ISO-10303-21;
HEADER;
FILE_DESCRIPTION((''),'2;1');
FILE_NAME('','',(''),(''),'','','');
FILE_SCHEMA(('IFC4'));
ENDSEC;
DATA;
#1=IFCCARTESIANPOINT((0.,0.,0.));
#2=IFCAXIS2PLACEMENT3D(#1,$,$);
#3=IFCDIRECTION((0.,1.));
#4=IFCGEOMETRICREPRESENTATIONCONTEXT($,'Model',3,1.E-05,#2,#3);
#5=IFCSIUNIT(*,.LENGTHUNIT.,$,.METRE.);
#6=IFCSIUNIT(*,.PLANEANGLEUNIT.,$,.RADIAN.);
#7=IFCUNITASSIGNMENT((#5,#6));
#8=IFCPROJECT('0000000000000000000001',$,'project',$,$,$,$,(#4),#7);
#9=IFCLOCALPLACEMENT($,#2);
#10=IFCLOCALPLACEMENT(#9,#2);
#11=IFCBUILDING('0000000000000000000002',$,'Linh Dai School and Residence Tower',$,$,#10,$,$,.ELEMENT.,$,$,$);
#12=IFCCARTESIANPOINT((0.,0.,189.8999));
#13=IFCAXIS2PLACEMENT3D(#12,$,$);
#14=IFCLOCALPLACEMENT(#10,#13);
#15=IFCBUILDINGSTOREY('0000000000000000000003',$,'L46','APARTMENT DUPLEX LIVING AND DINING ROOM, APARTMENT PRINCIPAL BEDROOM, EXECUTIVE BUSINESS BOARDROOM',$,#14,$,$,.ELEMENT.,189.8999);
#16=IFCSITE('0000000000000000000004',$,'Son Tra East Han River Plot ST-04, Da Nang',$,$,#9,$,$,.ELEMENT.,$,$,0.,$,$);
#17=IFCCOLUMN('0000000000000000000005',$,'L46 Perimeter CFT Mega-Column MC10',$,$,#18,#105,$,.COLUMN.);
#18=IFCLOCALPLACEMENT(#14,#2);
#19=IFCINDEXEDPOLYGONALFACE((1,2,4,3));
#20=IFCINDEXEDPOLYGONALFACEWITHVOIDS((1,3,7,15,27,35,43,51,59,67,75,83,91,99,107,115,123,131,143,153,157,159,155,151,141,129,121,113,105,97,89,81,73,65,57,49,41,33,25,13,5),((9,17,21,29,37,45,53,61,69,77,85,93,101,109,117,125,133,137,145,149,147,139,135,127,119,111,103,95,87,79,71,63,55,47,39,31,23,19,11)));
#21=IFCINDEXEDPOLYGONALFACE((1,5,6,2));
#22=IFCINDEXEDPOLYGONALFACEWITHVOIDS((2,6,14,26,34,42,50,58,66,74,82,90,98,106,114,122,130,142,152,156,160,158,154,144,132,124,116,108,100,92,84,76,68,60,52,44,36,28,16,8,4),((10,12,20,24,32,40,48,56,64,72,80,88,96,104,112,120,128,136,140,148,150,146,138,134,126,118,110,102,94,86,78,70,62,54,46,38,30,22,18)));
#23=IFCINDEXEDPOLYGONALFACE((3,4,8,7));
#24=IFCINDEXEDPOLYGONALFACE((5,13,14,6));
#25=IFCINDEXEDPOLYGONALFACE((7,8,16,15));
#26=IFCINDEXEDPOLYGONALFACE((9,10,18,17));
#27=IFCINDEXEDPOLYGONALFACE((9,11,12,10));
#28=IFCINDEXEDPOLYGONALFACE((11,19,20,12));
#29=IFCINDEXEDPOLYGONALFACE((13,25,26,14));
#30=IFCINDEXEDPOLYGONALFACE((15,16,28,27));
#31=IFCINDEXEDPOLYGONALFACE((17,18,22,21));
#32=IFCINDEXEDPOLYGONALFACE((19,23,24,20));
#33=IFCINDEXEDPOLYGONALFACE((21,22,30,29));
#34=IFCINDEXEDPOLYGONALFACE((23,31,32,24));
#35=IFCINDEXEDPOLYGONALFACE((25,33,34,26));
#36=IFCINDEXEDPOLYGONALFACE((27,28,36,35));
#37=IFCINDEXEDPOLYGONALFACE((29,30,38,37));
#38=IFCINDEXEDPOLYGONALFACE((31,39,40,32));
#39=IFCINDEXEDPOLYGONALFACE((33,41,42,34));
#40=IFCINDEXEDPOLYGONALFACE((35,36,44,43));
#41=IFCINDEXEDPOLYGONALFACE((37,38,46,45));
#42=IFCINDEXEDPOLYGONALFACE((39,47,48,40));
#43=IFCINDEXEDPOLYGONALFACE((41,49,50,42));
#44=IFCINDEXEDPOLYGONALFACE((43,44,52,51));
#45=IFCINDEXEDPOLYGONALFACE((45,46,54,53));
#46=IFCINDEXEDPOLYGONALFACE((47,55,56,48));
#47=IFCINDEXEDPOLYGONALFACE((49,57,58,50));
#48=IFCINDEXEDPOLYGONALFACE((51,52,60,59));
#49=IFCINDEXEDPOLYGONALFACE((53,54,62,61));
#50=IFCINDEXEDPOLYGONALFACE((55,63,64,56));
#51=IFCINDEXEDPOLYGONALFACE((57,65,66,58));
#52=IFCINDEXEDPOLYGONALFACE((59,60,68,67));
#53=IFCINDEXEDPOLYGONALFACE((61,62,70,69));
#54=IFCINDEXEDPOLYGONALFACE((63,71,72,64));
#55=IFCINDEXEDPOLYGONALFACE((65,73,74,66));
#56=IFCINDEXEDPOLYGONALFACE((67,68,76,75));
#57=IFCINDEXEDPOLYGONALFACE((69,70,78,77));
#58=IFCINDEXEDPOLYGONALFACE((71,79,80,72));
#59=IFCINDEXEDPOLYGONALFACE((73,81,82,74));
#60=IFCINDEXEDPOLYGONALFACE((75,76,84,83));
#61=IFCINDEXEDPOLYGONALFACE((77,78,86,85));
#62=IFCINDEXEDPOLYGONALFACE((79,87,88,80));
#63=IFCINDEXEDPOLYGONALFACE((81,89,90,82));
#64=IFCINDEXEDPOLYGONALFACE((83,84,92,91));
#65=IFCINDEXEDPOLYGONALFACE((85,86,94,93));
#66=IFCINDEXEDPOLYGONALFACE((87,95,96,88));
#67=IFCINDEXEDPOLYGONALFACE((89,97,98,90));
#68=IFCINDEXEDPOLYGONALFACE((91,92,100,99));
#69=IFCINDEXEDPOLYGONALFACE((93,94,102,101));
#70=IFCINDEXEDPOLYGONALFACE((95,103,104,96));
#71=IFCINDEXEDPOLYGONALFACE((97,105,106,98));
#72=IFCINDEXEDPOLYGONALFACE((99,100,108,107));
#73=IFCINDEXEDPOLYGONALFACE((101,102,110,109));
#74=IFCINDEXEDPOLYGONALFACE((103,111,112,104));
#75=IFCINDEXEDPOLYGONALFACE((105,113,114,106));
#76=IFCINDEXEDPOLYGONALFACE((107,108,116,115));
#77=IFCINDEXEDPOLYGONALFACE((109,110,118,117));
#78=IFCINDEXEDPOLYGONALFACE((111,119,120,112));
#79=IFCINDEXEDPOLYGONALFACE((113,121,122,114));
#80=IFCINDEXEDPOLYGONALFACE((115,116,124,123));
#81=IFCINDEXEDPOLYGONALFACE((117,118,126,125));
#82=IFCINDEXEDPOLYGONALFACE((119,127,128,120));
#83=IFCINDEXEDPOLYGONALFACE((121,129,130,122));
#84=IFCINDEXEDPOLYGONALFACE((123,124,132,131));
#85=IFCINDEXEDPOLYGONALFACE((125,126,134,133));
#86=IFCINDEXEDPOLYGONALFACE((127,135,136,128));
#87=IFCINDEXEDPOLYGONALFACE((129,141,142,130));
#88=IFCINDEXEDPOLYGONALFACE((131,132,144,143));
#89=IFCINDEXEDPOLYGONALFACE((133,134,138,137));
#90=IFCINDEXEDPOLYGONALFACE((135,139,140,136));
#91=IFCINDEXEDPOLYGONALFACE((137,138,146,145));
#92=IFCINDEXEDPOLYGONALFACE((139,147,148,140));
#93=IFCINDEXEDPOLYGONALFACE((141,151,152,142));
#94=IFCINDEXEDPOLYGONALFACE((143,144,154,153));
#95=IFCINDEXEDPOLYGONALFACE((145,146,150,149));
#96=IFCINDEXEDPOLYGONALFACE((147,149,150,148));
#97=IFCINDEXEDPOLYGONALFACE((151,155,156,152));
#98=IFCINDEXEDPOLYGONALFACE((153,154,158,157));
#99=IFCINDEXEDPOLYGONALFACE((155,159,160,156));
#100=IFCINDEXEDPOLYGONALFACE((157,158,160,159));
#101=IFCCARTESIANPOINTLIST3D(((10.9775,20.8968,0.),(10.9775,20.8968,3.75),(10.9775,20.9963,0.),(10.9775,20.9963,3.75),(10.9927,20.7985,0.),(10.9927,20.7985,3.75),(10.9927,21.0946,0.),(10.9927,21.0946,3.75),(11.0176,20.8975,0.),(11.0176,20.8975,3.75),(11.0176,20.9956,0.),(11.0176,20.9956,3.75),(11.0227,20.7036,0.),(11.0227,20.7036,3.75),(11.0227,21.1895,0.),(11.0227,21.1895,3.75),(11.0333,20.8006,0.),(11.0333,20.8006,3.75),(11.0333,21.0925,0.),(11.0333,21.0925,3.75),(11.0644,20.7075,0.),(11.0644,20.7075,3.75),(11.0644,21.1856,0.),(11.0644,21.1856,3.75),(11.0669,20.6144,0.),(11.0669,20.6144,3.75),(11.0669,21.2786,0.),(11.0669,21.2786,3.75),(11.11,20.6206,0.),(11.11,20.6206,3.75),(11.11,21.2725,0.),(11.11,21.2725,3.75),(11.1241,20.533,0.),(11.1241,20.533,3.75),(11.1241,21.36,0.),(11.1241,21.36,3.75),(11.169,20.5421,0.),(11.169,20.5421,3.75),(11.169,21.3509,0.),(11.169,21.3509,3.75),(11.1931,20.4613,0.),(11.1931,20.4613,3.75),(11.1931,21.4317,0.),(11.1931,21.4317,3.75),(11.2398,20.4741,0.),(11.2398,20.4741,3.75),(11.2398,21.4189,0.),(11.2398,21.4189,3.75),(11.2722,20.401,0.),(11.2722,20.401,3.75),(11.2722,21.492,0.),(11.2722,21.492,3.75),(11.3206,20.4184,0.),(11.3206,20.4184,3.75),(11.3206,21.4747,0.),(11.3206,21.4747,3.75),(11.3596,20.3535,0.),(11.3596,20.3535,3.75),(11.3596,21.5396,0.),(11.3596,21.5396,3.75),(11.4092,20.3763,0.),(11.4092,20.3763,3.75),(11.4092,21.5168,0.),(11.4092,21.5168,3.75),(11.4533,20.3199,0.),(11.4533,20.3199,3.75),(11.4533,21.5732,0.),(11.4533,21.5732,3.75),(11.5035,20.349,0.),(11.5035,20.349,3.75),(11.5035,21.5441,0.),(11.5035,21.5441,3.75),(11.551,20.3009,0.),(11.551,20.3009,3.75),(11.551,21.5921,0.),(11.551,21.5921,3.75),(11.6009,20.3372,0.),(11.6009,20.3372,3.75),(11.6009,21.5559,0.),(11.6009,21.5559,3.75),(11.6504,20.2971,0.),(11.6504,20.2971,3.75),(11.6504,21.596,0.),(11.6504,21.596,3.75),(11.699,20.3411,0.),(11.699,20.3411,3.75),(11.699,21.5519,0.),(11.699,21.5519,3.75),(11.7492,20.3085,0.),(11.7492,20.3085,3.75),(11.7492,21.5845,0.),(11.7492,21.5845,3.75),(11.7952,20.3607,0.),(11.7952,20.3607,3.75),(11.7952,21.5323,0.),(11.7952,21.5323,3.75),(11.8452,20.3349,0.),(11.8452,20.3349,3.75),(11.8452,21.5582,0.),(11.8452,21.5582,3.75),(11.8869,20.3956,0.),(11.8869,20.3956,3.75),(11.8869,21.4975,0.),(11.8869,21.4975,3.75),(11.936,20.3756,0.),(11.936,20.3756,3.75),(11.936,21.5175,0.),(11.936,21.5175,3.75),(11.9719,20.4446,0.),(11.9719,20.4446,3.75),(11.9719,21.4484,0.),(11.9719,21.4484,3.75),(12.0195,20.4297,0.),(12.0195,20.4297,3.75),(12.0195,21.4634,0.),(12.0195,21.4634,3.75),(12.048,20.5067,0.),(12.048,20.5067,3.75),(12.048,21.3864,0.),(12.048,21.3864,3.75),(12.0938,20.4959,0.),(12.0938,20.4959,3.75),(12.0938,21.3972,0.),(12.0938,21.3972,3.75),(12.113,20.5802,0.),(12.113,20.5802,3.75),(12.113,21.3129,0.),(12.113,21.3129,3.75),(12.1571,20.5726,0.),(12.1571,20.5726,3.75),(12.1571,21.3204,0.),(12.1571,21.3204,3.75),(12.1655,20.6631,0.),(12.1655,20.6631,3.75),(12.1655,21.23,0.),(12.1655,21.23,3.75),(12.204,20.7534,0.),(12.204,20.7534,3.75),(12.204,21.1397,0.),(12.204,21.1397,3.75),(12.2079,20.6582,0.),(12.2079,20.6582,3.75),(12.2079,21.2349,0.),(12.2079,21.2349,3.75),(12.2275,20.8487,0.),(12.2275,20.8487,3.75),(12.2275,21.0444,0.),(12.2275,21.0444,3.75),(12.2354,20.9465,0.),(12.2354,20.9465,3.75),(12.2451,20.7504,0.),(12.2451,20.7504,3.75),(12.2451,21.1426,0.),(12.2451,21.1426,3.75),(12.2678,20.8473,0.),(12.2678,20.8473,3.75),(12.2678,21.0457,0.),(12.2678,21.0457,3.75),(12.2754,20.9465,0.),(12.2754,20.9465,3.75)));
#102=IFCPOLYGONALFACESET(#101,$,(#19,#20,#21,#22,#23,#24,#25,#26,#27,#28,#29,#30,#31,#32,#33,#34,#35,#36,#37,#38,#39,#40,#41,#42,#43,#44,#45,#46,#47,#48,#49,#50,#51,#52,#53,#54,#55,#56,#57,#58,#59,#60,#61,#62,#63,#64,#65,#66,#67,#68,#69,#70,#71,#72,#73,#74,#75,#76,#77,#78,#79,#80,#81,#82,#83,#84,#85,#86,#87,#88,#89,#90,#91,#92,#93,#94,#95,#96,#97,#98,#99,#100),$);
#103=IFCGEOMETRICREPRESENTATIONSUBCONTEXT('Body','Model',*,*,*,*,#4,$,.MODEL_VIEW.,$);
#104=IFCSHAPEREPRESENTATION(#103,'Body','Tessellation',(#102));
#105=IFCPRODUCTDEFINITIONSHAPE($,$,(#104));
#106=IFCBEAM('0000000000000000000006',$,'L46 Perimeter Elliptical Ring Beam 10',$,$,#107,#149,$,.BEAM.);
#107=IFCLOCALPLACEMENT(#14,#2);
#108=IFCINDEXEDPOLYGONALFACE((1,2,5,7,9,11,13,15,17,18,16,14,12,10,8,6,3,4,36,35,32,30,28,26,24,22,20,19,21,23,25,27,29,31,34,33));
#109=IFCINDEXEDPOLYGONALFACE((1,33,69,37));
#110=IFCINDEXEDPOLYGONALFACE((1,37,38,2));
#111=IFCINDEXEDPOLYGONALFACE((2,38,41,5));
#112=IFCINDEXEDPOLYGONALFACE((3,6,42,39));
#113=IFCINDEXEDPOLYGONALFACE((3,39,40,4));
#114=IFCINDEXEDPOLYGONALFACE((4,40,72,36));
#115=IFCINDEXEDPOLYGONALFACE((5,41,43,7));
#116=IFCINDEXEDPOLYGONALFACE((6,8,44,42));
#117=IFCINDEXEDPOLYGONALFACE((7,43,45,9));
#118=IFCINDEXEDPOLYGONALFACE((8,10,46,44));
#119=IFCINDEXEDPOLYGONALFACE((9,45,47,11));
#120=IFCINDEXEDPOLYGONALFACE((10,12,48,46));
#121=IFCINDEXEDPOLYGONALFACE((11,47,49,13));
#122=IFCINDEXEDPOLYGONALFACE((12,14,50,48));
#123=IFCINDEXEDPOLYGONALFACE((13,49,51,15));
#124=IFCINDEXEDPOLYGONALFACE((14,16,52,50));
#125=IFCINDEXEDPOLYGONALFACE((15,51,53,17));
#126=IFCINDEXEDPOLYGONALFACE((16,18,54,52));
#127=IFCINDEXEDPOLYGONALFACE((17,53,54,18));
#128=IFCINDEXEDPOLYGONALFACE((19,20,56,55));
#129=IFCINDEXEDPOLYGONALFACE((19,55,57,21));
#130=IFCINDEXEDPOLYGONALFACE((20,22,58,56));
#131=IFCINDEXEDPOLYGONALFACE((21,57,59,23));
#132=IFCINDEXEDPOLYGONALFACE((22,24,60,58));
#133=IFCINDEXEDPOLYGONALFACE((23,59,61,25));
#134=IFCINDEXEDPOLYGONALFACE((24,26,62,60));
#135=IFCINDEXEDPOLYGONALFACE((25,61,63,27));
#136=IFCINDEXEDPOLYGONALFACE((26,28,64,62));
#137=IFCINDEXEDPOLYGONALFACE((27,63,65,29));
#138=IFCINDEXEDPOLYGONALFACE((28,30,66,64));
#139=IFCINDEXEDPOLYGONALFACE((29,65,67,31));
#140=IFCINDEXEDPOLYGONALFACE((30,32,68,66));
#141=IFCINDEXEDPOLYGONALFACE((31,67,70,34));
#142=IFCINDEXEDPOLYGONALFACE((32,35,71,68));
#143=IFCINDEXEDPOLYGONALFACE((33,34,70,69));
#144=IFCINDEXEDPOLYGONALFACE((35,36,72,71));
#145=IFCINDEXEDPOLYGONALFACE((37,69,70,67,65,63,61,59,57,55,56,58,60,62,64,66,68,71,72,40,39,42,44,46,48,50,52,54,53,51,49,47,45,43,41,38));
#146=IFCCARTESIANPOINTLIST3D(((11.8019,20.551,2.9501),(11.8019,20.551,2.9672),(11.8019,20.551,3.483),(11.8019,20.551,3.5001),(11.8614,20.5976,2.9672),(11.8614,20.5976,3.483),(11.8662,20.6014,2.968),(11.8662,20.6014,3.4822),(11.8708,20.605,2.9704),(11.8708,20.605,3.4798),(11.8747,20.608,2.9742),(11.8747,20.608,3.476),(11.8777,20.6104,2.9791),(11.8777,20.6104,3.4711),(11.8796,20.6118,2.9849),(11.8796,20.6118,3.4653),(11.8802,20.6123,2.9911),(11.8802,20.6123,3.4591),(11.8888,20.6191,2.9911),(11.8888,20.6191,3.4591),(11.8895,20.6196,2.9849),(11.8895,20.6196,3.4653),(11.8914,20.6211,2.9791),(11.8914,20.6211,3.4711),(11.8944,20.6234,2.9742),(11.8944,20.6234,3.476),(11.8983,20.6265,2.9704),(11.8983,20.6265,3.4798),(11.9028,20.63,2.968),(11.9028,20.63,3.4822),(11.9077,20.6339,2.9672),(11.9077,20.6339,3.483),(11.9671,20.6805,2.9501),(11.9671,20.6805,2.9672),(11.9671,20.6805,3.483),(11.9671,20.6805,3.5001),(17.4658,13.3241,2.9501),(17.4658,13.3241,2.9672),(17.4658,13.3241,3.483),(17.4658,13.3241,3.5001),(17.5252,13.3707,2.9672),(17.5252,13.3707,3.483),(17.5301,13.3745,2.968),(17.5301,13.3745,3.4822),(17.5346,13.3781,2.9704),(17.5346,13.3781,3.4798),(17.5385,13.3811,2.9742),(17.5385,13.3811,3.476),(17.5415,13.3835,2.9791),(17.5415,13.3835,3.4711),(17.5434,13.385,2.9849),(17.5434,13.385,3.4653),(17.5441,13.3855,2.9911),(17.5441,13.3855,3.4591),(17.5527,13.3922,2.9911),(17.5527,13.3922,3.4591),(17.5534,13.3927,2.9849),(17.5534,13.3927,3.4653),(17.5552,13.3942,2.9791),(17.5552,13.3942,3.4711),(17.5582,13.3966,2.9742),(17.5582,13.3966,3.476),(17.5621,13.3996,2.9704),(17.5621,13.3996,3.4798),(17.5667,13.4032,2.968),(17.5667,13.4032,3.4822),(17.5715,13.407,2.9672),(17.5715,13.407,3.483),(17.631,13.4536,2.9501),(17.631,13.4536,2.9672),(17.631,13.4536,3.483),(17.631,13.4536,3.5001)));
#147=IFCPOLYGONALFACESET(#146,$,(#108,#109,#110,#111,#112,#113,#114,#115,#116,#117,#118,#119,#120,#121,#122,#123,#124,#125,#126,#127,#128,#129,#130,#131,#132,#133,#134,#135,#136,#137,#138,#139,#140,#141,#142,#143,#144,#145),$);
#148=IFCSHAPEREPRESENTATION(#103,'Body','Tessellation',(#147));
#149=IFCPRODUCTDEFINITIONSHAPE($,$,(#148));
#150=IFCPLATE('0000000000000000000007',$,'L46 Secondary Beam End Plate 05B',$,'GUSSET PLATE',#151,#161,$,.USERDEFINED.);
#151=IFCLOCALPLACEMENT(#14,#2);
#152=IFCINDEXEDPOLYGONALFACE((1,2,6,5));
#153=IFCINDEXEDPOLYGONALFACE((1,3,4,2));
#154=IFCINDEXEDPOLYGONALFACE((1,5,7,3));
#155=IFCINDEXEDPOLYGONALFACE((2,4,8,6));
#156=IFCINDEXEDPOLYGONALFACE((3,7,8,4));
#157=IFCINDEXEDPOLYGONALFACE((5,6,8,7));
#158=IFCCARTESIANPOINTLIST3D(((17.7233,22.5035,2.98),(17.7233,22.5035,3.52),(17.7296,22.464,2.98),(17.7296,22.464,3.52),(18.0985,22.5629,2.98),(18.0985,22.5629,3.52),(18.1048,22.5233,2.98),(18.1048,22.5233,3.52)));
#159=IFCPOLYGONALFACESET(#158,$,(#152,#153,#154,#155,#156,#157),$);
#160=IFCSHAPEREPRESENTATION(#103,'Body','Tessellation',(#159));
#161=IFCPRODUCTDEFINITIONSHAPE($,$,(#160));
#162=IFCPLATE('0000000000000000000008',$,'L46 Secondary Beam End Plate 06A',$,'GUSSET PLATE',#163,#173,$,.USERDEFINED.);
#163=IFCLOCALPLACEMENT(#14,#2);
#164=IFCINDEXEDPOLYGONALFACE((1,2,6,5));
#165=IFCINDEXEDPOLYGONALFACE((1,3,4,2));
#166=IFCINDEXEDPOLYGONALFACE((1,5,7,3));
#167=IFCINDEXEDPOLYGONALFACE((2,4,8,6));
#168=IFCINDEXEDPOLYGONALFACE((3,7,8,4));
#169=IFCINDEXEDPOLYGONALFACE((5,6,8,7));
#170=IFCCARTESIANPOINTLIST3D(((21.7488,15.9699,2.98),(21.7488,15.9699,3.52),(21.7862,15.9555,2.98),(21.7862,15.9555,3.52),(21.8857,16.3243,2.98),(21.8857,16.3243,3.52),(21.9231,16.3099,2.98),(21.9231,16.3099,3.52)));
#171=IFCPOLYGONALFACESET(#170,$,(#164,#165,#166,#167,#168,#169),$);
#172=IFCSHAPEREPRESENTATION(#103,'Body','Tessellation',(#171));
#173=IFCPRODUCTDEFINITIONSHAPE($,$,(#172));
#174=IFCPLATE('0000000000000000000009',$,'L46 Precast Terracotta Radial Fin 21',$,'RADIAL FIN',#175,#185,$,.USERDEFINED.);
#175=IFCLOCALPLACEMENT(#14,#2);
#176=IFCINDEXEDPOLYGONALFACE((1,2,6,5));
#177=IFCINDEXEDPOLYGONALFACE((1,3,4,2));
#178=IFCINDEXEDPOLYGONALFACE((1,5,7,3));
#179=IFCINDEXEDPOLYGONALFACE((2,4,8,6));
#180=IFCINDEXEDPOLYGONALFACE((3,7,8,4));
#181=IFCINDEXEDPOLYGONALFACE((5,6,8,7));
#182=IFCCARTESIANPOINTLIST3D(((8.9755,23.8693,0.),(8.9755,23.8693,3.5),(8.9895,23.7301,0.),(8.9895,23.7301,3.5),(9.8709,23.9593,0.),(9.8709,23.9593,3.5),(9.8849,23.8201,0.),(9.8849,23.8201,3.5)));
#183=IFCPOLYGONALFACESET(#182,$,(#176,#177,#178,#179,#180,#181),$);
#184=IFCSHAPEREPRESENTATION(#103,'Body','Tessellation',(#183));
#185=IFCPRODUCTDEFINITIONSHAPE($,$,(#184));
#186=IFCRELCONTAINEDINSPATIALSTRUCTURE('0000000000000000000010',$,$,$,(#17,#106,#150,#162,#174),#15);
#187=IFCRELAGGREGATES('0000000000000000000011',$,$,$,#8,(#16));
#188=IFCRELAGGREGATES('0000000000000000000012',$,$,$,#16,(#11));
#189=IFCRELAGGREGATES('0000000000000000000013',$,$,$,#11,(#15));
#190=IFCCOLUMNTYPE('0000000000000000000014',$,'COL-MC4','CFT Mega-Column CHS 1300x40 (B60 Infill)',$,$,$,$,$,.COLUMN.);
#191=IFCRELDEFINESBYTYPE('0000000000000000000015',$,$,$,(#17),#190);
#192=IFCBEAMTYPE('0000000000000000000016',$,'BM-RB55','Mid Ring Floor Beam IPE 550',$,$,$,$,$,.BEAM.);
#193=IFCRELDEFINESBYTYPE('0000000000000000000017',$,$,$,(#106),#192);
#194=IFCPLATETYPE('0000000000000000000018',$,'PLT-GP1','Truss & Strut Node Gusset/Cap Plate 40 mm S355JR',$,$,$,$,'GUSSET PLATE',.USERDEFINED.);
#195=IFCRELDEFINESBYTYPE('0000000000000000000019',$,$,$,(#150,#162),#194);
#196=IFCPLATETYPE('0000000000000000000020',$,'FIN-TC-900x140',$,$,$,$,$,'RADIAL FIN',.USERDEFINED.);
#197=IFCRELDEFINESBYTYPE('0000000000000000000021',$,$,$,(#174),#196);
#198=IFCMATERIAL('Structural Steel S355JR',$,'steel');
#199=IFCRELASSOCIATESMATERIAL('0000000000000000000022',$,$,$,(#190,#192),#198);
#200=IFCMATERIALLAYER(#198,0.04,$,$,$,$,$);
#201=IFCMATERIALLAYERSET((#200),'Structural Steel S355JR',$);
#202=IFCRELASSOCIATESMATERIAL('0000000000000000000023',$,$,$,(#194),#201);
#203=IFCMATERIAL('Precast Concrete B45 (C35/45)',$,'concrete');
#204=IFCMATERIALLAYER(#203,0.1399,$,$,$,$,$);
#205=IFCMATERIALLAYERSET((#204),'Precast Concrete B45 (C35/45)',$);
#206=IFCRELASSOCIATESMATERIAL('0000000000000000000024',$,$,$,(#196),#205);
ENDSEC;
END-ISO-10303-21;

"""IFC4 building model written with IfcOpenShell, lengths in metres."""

from ifc_helpers import new_model, si_unit, direction, frame, origin, origin_2d, place, context, subcontext, project, spatial, rectangle, hollow_circle, i_section, extrude, source, transform, mapped, material, layer, layer_set, material_profile, profile_set, type_object, element, save


model = new_model("IFC4")

# Units and contexts
model_context = context("Model", 3, precision=1e-05, world=origin(), true_north=direction((0.0, 1.0)))
body_context = subcontext(model_context, "Body", "Model", "MODEL_VIEW")
ifc_project = project(units=[si_unit("LENGTHUNIT", "METRE"), si_unit("PLANEANGLEUNIT", "RADIAN")], contexts=[model_context])

# Site, building, storey
site_placement = place(None, origin())
site = spatial("IfcSite", under=ifc_project, at=site_placement, Name="Son Tra East Han River Plot ST-04, Da Nang", CompositionType="ELEMENT", RefElevation=0.0)
building_placement = place(site_placement, origin())
building = spatial("IfcBuilding", under=site, at=building_placement, Name="Linh Dai School and Residence Tower", CompositionType="ELEMENT")
storey_placement = place(building_placement, frame((0.0, 0.0, 189.8999)))
storey = spatial("IfcBuildingStorey", under=building, at=storey_placement, Name="L46", Description="APARTMENT DUPLEX LIVING AND DINING ROOM, APARTMENT PRINCIPAL BEDROOM, EXECUTIVE BUSINESS BOARDROOM", CompositionType="ELEMENT", Elevation=189.8999)

# Column
ifc_material_1 = material(Name="Structural Steel S355JR", Category="steel")
ifc_material_profile_1 = material_profile(ifc_material_1, hollow_circle(Radius=0.6499, WallThickness=0.04, at=origin_2d()), Name="CHS 1300x40")
ifc_profile_set_1 = profile_set([ifc_material_profile_1], Name="Structural Steel S355JR")
column_type = type_object("IfcColumnType", Name="COL-MC4", Description="CFT Mega-Column CHS 1300x40 (B60 Infill)", PredefinedType="COLUMN", material=ifc_profile_set_1)
column_placement = place(storey_placement, frame((11.6255, 20.9465, 0.0), z_axis=(0.0, 0.0, 1.0), x_axis=(1.0, 0.0, 0.0)))
element("IfcColumn", 1, at=column_placement, inside=storey, type_object=column_type, Name="L46 Perimeter CFT Mega-Column MC10", PredefinedType="COLUMN", context=body_context, shape_type="SweptSolid", body=[
    extrude(hollow_circle(Radius=0.6499, WallThickness=0.04, at=origin_2d()), origin(), (0.0, 0.0, 1.0), 3.75),
])

# Beam
ifc_material_profile_2 = material_profile(ifc_material_1, i_section(OverallWidth=0.21, OverallDepth=0.55, WebThickness=0.011, FlangeThickness=0.0171, FilletRadius=0.0239, at=origin_2d()), Name="IPE 550")
ifc_profile_set_2 = profile_set([ifc_material_profile_2], Name="Structural Steel S355JR")
beam_type = type_object("IfcBeamType", Name="BM-RB55", Description="Mid Ring Floor Beam IPE 550", PredefinedType="BEAM", material=ifc_profile_set_2)
beam_placement = place(storey_placement, frame((11.8845, 20.6157, 3.2251), z_axis=(0.616852, -0.787079, 0.0), x_axis=(0.787079, 0.616852, 0.0)))
element("IfcBeam", 2, at=beam_placement, inside=storey, type_object=beam_type, Name="L46 Perimeter Elliptical Ring Beam 10", PredefinedType="BEAM", context=body_context, shape_type="SweptSolid", body=[
    extrude(i_section(OverallWidth=0.21, OverallDepth=0.55, WebThickness=0.011, FlangeThickness=0.0171, FilletRadius=0.0239, at=origin_2d()), origin(), (0.0, 0.0, 1.0), 9.1819),
])

# Plates
ifc_layer_1 = layer(ifc_material_1, 0.04)
ifc_layer_set_1 = layer_set([ifc_layer_1], Name="Structural Steel S355JR")
plate_type_1 = type_object("IfcPlateType", Name="PLT-GP1", Description="Truss & Strut Node Gusset/Cap Plate 40 mm S355JR", ElementType="GUSSET PLATE", PredefinedType="USERDEFINED", material=ifc_layer_set_1)
shared_shape_1 = source(origin(), body_context, "Body", "SweptSolid", [
    extrude(rectangle(XDim=0.04, YDim=0.3799, at=origin_2d()), origin(), (0.0, 0.0, 1.0), 0.54),
])
for number, where, z_axis, x_axis, name in (
    (3, (17.9141, 22.5134, 2.98), (0.0, 0.0, 1.0), (0.156309, -0.987708, 0.0), "L46 Secondary Beam End Plate 05B"),
    (4, (21.8359, 16.1399, 2.98), (0.0, 0.0, 1.0), (0.932823, -0.360335, 0.0), "L46 Secondary Beam End Plate 06A"),
):
    element("IfcPlate", number, at=place(storey_placement, frame(where, z_axis=z_axis, x_axis=x_axis)), inside=storey, type_object=plate_type_1, Name=name, ObjectType="GUSSET PLATE", PredefinedType="USERDEFINED", context=body_context, shape_type="MappedRepresentation", body=[
        mapped(shared_shape_1, transform((0.0, 0.0, 0.0), x_axis=(1.0, 0.0, 0.0), y_axis=(0.0, 1.0, 0.0), z_axis=(0.0, 0.0, 1.0), scale=1.0)),
    ])
ifc_material_2 = material(Name="Precast Concrete B45 (C35/45)", Category="concrete")
ifc_layer_2 = layer(ifc_material_2, 0.1399)
ifc_layer_set_2 = layer_set([ifc_layer_2], Name="Precast Concrete B45 (C35/45)")
plate_type_2 = type_object("IfcPlateType", Name="FIN-TC-900x140", ElementType="RADIAL FIN", PredefinedType="USERDEFINED", material=ifc_layer_set_2)
shared_shape_2 = source(origin(), body_context, "Body", "SweptSolid", [
    extrude(rectangle(XDim=0.8999, YDim=0.1399, at=origin_2d()), origin(), (0.0, 0.0, 1.0), 3.5),
])
plate_placement = place(storey_placement, frame((9.4302, 23.8447, 0.0), z_axis=(0.0, 0.0, 1.0), x_axis=(-0.994987, -0.100002, 0.0)))
element("IfcPlate", 5, at=plate_placement, inside=storey, type_object=plate_type_2, Name="L46 Precast Terracotta Radial Fin 21", ObjectType="RADIAL FIN", PredefinedType="USERDEFINED", context=body_context, shape_type="MappedRepresentation", body=[
    mapped(shared_shape_2, transform((0.0, 0.0, 0.0), x_axis=(1.0, 0.0, 0.0), y_axis=(0.0, 1.0, 0.0), z_axis=(0.0, 0.0, 1.0), scale=1.0)),
])

save(model, "model.ifc")
